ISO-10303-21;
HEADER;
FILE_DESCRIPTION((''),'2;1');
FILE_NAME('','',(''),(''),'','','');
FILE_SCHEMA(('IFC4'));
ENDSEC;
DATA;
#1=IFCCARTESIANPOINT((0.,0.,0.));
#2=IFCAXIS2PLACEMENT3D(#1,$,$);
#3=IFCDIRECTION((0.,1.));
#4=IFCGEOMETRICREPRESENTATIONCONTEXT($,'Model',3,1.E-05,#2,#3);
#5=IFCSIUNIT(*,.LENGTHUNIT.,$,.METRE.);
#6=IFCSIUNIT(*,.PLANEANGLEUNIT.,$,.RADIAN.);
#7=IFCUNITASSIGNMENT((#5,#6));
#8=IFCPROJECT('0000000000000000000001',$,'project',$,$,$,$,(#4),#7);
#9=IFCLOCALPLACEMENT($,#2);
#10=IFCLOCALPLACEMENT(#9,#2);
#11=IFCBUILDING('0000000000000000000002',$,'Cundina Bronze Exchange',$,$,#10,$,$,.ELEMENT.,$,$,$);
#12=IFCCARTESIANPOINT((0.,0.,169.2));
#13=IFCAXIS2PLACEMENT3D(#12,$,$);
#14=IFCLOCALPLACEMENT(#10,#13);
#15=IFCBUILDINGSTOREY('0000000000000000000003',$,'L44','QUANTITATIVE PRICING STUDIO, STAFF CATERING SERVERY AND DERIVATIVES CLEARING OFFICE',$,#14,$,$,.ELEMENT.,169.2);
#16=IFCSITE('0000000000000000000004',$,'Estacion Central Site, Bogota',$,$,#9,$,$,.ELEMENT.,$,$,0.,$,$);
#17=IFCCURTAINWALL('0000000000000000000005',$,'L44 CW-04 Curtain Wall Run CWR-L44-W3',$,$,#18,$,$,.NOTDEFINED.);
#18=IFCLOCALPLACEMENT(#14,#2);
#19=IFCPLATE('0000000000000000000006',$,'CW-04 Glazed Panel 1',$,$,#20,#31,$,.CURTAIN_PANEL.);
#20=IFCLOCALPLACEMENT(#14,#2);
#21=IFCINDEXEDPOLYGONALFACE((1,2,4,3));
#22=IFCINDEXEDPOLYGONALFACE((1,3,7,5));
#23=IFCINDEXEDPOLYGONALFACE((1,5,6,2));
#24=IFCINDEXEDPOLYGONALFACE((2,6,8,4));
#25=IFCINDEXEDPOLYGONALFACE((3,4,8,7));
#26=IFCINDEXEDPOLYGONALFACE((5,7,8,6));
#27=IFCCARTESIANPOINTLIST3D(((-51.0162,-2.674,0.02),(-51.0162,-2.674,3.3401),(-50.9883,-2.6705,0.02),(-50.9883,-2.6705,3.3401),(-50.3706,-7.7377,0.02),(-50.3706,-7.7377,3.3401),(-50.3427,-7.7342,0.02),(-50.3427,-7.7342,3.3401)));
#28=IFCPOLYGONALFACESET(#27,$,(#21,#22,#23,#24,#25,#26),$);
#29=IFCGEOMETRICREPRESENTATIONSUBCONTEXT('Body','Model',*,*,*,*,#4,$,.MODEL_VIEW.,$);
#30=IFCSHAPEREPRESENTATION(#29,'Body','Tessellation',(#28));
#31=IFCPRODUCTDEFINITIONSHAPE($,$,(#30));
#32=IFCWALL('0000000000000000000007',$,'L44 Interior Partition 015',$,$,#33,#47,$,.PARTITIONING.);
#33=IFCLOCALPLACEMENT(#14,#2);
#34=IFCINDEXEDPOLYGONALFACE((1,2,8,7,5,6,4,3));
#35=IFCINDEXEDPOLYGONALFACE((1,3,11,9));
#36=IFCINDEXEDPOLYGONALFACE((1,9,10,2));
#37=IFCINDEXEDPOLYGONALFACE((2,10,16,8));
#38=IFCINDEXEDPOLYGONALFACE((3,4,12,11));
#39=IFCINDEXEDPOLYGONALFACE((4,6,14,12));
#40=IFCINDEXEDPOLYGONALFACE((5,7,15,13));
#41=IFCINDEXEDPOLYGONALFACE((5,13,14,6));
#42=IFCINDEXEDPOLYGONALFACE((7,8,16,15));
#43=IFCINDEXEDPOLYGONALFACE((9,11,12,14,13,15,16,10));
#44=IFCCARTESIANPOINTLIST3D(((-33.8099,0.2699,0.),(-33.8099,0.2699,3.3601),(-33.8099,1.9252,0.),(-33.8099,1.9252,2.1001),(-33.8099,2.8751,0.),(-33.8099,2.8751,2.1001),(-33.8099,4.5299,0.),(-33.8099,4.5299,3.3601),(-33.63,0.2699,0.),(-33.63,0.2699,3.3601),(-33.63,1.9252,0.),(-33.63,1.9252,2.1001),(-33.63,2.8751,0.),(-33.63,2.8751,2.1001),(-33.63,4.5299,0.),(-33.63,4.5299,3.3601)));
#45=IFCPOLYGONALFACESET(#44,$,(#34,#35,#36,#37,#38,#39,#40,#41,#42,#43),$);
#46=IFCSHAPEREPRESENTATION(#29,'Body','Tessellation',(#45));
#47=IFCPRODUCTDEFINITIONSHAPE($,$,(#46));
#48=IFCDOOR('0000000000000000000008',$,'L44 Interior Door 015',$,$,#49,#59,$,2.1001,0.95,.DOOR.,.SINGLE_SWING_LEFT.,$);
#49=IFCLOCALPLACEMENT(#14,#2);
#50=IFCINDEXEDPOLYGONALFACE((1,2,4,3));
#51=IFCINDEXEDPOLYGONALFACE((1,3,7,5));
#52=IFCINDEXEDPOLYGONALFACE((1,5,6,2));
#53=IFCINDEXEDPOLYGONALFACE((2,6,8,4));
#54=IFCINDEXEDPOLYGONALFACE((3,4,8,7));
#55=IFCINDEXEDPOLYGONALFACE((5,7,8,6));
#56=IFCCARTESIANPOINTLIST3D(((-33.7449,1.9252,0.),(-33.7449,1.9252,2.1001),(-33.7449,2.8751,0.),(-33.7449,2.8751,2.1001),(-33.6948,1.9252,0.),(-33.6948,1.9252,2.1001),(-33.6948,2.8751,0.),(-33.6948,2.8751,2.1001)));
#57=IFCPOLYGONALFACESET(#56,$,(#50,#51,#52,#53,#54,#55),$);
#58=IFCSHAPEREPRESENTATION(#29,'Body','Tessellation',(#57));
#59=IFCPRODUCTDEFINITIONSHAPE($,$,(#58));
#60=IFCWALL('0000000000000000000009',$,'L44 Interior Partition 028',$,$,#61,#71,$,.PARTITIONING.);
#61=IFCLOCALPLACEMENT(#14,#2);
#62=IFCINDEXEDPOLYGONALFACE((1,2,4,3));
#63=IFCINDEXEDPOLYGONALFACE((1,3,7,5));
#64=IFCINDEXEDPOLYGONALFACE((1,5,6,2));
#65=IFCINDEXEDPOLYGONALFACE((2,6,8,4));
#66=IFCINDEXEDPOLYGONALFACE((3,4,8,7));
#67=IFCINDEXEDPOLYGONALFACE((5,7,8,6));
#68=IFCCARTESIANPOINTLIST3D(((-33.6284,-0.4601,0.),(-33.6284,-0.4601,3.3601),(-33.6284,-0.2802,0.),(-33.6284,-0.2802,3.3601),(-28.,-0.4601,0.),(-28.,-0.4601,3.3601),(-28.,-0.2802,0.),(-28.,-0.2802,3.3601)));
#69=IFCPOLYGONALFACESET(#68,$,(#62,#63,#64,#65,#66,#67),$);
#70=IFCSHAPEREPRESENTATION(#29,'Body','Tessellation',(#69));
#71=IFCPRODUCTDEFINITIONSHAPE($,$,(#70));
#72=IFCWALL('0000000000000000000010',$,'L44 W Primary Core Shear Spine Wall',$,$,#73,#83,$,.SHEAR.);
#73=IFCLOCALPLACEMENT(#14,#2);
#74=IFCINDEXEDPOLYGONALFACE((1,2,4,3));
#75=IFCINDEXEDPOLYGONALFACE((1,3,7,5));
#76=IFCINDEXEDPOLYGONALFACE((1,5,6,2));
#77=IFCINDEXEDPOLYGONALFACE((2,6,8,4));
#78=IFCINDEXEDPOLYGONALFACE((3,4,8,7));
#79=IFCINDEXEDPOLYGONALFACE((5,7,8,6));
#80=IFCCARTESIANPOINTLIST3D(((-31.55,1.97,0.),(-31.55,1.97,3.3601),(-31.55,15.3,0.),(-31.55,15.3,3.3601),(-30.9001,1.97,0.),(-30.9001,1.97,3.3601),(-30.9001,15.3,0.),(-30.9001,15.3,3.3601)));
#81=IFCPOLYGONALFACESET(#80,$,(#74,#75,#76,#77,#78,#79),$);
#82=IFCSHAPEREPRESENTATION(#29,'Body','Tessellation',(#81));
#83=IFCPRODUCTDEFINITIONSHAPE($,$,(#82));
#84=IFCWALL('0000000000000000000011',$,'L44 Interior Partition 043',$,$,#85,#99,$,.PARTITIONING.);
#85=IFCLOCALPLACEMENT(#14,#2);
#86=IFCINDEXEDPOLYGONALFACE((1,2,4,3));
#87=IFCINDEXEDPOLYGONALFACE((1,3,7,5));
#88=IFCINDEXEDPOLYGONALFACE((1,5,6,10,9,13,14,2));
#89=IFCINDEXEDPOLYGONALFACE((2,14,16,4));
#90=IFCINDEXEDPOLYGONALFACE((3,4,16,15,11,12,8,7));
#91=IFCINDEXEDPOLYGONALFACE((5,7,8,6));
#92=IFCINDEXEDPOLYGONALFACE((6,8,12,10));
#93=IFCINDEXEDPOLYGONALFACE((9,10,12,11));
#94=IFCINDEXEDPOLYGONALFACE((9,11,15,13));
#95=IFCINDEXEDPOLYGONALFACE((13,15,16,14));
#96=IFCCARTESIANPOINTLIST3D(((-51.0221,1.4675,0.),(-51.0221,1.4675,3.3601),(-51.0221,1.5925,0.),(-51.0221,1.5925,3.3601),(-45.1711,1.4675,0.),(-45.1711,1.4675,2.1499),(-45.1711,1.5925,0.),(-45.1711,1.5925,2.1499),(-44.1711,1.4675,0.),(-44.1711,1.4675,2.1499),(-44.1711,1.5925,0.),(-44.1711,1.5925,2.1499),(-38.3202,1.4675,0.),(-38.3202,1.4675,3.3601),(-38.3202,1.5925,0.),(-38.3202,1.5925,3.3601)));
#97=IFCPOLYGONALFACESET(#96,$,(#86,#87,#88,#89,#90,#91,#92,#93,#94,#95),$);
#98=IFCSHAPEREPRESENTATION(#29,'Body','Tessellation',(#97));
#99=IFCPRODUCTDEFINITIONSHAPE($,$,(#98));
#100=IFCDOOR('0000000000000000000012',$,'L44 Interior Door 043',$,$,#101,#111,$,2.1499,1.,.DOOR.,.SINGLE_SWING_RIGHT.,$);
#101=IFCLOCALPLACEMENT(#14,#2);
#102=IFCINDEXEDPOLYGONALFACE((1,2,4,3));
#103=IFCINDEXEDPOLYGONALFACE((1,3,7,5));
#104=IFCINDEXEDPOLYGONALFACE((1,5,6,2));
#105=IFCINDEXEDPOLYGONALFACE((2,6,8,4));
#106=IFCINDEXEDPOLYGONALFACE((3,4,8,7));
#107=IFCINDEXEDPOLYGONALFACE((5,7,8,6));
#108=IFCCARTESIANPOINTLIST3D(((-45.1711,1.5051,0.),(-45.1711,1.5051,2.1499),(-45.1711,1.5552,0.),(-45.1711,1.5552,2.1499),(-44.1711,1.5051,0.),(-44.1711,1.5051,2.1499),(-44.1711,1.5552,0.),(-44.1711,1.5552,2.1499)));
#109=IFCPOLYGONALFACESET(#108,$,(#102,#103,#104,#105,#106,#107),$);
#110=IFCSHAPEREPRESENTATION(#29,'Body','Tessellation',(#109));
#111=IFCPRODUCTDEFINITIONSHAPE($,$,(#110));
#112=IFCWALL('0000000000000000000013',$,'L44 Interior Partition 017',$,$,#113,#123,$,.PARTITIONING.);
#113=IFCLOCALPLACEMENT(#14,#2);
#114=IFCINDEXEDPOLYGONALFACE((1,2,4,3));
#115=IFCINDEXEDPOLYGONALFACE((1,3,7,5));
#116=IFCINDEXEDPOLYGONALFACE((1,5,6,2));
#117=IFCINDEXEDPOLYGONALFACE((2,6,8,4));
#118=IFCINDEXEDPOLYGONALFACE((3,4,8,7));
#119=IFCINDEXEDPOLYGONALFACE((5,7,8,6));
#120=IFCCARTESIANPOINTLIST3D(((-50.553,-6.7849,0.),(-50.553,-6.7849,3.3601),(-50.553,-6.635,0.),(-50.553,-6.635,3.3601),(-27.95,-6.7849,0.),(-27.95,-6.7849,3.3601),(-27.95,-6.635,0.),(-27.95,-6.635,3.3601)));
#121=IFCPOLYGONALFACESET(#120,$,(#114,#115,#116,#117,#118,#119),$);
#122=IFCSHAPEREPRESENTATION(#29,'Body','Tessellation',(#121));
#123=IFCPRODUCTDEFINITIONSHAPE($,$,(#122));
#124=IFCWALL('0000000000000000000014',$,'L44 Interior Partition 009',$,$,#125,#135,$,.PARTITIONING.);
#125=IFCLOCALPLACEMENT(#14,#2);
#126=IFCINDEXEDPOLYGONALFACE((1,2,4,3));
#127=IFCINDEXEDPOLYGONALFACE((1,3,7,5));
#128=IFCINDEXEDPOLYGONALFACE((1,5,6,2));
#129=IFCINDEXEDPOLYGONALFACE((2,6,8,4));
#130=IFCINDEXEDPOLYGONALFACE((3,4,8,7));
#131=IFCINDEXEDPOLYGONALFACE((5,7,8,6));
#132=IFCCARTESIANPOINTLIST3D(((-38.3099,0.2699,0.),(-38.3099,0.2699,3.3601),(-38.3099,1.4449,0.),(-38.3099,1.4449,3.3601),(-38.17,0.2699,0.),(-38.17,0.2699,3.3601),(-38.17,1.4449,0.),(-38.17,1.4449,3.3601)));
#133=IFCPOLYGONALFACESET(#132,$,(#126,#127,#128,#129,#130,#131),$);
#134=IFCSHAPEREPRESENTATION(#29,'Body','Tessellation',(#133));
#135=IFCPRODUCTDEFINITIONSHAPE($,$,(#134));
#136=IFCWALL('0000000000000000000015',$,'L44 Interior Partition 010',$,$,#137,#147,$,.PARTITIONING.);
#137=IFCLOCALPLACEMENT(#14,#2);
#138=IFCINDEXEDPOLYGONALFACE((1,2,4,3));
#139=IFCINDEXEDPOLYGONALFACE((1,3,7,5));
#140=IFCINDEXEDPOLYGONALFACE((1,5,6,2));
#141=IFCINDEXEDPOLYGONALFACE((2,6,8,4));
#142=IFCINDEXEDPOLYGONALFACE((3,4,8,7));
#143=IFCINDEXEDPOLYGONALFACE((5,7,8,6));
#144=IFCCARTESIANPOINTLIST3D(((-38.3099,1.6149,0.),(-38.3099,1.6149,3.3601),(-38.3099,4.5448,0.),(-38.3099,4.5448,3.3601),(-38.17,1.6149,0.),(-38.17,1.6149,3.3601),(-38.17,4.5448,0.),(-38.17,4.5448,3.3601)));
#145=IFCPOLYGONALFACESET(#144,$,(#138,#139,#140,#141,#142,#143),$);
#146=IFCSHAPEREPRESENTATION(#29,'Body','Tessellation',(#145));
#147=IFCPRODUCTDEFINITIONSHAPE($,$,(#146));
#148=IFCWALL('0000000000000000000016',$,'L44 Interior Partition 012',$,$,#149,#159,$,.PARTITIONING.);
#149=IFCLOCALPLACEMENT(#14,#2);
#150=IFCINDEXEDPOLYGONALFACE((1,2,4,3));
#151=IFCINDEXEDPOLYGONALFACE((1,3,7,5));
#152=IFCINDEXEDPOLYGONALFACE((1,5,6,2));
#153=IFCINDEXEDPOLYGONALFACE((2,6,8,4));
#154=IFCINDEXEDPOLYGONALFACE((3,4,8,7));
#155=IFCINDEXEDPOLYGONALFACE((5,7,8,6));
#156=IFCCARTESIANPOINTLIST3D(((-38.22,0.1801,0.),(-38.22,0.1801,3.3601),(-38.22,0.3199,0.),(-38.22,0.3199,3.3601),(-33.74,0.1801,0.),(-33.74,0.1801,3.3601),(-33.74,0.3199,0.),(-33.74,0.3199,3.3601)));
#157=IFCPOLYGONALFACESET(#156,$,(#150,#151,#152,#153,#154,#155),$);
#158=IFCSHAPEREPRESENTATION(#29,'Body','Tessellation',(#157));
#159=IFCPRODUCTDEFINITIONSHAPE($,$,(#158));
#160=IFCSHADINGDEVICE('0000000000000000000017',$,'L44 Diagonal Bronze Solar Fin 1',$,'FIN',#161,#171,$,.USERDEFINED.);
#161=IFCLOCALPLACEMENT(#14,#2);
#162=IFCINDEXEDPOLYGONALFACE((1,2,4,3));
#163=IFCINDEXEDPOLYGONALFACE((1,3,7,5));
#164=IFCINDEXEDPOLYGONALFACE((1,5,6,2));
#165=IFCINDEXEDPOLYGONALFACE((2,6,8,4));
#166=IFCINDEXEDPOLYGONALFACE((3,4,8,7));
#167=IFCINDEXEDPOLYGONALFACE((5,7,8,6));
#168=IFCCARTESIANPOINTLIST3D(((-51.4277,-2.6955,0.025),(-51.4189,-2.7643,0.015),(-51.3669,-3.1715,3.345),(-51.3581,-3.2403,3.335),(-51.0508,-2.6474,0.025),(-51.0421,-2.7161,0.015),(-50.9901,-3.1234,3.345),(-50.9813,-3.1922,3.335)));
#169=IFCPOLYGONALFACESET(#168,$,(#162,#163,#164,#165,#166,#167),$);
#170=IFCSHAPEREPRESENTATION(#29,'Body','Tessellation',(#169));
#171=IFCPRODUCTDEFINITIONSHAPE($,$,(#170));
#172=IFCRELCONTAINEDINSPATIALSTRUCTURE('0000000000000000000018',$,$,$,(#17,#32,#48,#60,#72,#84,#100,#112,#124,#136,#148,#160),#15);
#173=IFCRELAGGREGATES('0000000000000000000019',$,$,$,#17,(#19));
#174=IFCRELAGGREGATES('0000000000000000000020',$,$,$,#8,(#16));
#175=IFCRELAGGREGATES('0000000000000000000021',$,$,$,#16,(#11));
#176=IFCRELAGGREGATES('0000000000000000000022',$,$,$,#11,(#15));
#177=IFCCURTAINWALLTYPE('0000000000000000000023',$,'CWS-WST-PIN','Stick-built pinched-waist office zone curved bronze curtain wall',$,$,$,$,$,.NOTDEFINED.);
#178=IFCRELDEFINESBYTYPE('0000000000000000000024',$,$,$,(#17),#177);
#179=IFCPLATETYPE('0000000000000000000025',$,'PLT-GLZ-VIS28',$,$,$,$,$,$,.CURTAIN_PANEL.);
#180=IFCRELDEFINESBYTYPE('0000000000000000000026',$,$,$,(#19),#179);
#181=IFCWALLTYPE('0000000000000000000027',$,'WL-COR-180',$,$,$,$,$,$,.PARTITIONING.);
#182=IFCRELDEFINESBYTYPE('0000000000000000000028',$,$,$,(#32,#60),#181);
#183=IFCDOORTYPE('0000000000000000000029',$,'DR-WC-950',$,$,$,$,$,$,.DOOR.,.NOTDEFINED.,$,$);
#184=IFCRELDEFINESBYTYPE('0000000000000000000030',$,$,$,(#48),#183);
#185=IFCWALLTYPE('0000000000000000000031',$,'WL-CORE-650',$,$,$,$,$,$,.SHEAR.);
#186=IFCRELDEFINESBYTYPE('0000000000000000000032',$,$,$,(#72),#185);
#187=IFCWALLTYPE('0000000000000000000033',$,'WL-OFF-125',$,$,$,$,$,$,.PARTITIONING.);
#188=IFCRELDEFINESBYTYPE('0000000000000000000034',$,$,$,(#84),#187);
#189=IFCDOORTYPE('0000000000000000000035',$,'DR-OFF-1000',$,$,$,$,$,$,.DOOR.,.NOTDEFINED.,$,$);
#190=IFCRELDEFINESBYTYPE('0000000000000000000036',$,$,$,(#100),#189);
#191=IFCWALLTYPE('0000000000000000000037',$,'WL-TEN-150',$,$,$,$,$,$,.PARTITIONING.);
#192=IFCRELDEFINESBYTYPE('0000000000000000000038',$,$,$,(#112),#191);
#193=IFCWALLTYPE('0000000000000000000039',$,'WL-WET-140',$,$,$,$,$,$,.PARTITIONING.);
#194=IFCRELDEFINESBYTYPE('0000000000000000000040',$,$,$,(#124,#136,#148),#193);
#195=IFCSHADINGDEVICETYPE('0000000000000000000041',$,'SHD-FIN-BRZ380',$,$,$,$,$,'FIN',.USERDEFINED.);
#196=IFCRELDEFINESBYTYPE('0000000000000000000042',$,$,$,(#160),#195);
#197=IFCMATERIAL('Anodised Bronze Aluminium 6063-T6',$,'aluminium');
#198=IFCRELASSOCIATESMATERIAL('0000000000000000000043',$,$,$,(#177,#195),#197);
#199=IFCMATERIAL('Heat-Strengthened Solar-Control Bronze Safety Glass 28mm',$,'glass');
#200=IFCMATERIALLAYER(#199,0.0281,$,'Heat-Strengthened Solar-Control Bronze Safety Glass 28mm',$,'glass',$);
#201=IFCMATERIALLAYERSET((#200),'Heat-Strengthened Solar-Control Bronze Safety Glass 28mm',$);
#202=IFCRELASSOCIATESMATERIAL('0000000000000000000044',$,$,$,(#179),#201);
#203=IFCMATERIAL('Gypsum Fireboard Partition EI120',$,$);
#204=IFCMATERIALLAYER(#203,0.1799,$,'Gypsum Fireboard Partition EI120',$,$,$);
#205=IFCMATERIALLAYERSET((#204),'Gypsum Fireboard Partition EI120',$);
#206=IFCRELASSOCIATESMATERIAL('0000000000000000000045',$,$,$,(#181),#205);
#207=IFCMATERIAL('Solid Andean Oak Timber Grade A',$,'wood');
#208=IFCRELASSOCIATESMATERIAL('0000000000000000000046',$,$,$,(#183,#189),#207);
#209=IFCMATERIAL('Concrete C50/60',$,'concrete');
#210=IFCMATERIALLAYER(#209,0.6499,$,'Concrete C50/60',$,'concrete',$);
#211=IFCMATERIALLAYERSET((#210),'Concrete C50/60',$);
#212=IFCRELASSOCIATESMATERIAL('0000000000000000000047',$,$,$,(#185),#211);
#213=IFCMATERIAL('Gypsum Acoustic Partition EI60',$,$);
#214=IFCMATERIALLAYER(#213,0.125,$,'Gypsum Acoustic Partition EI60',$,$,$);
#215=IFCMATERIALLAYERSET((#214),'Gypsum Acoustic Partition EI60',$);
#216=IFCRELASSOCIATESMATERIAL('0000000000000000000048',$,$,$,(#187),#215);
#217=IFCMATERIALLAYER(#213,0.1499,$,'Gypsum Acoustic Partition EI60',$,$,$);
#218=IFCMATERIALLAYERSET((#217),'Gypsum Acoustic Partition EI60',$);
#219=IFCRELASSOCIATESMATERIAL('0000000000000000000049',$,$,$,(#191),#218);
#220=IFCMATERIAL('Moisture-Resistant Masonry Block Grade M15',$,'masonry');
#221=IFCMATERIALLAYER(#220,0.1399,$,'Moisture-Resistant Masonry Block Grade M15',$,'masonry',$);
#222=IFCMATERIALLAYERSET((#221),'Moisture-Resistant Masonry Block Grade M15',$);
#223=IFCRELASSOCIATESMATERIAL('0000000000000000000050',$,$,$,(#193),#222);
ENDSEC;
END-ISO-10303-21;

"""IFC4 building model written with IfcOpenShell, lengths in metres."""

from ifc_helpers import new_model, si_unit, direction, frame, frame_2d, origin, origin_2d, place, context, subcontext, project, spatial, rectangle, extrude, material, layer, layer_set, material_profile, profile_set, type_object, element, fill, aggregate, save


model = new_model("IFC4")

# Units and contexts
model_context = context("Model", 3, precision=1e-05, world=origin(), true_north=direction((0.0, 1.0)))
body_context = subcontext(model_context, "Body", "Model", "MODEL_VIEW")
ifc_project = project(units=[si_unit("LENGTHUNIT", "METRE"), si_unit("PLANEANGLEUNIT", "RADIAN")], contexts=[model_context])

# Site, building, storey
site_placement = place(None, origin())
site = spatial("IfcSite", under=ifc_project, at=site_placement, Name="Estacion Central Site, Bogota", CompositionType="ELEMENT", RefElevation=0.0)
building_placement = place(site_placement, origin())
building = spatial("IfcBuilding", under=site, at=building_placement, Name="Cundina Bronze Exchange", CompositionType="ELEMENT")
storey_placement = place(building_placement, frame((0.0, 0.0, 169.2)))
storey = spatial("IfcBuildingStorey", under=building, at=storey_placement, Name="L44", Description="QUANTITATIVE PRICING STUDIO, STAFF CATERING SERVERY AND DERIVATIVES CLEARING OFFICE", CompositionType="ELEMENT", Elevation=169.2)

# Shared definitions
ifc_material_1 = material(Name="Concrete C50/60", Category="concrete")

# Curtain wall
ifc_material_2 = material(Name="Anodised Bronze Aluminium 6063-T6", Category="aluminium")
curtain_wall_type = type_object("IfcCurtainWallType", Name="CWS-WST-PIN", Description="Stick-built pinched-waist office zone curved bronze curtain wall", PredefinedType="NOTDEFINED", material=ifc_material_2)
curtain_wall_1_placement = place(storey_placement, origin())
curtain_wall_1 = element("IfcCurtainWall", 1, at=curtain_wall_1_placement, inside=storey, type_object=curtain_wall_type, Name="L44 CW-04 Curtain Wall Run CWR-L44-W3", PredefinedType="NOTDEFINED")

# Plate
ifc_material_3 = material(Name="Heat-Strengthened Solar-Control Bronze Safety Glass 28mm", Category="glass")
ifc_layer_1 = layer(ifc_material_3, 0.0281, Name="Heat-Strengthened Solar-Control Bronze Safety Glass 28mm", Category="glass")
ifc_layer_set_1 = layer_set([ifc_layer_1], Name="Heat-Strengthened Solar-Control Bronze Safety Glass 28mm")
plate_type = type_object("IfcPlateType", Name="PLT-GLZ-VIS28", PredefinedType="CURTAIN_PANEL", material=ifc_layer_set_1)
plate_1_placement = place(storey_placement, frame((-50.6794, -5.2041, 0.02), z_axis=(0.0, 0.0, 1.0), x_axis=(0.126476, -0.99197, 0.0)))
plate_1 = element("IfcPlate", 2, at=plate_1_placement, type_object=plate_type, Name="CW-04 Glazed Panel 1", PredefinedType="CURTAIN_PANEL", context=body_context, shape_type="SweptSolid", body=[
    extrude(rectangle(XDim=5.1047, YDim=0.0281, at=origin_2d()), origin(), (0.0, 0.0, 1.0), 3.3201),
])
aggregate(curtain_wall_1, [plate_1])

# Wall, opening, door
ifc_material_4 = material(Name="Gypsum Fireboard Partition EI120")
ifc_layer_2 = layer(ifc_material_4, 0.1799, Name="Gypsum Fireboard Partition EI120")
ifc_layer_set_2 = layer_set([ifc_layer_2], Name="Gypsum Fireboard Partition EI120")
wall_type_1 = type_object("IfcWallType", Name="WL-COR-180", PredefinedType="PARTITIONING", material=ifc_layer_set_2)
wall_1_placement = place(storey_placement, frame((-33.72, 0.27, 0.0), z_axis=(0.0, 0.0, 1.0), x_axis=(0.0, 1.0, 0.0)))
wall_1 = element("IfcWall", 3, at=wall_1_placement, inside=storey, type_object=wall_type_1, Name="L44 Interior Partition 015", PredefinedType="PARTITIONING", context=body_context, shape_type="SweptSolid", body=[
    extrude(rectangle(XDim=4.26, YDim=0.1799, at=frame_2d((2.1299, 0.0))), origin(), (0.0, 0.0, 1.0), 3.3601),
])
opening_1_placement = place(wall_1_placement, frame((1.655, 0.0, 0.0)))
opening_1 = element("IfcOpeningElement", 4, at=opening_1_placement, cuts=wall_1, PredefinedType="OPENING", context=body_context, shape_type="SweptSolid", body=[
    extrude(rectangle(XDim=0.95, YDim=2.1001, at=frame_2d((0.4751, 1.05))), frame((0.0, 0.0999, 0.0), z_axis=(0.0, -1.0, 0.0), x_axis=(1.0, 0.0, 0.0)), (0.0, 0.0, 1.0), 0.2),
])
ifc_material_5 = material(Name="Solid Andean Oak Timber Grade A", Category="wood")
door_type_1 = type_object("IfcDoorType", Name="DR-WC-950", OperationType="NOTDEFINED", PredefinedType="DOOR", material=ifc_material_5)
door_1_placement = place(opening_1_placement, origin())
door_1 = element("IfcDoor", 5, at=door_1_placement, inside=storey, type_object=door_type_1, Name="L44 Interior Door 015", OperationType="SINGLE_SWING_LEFT", OverallHeight=2.1001, OverallWidth=0.95, PredefinedType="DOOR", context=body_context, shape_type="SweptSolid", body=[
    extrude(rectangle(XDim=0.95, YDim=2.1001, at=frame_2d((0.4751, 1.05))), frame((0.0, 0.0249, 0.0), z_axis=(0.0, -1.0, 0.0), x_axis=(1.0, 0.0, 0.0)), (0.0, 0.0, 1.0), 0.05),
])
fill(opening_1, door_1)

# Walls
wall_2_placement = place(storey_placement, frame((-33.6284, -0.3701, 0.0), z_axis=(0.0, 0.0, 1.0), x_axis=(1.0, 0.0, 0.0)))
element("IfcWall", 6, at=wall_2_placement, inside=storey, type_object=wall_type_1, Name="L44 Interior Partition 028", PredefinedType="PARTITIONING", context=body_context, shape_type="SweptSolid", body=[
    extrude(rectangle(XDim=5.6284, YDim=0.1799, at=frame_2d((2.8142, 0.0))), origin(), (0.0, 0.0, 1.0), 3.3601),
])
ifc_layer_3 = layer(ifc_material_1, 0.6499, Name="Concrete C50/60", Category="concrete")
ifc_layer_set_3 = layer_set([ifc_layer_3], Name="Concrete C50/60")
wall_type_2 = type_object("IfcWallType", Name="WL-CORE-650", PredefinedType="SHEAR", material=ifc_layer_set_3)
wall_3_placement = place(storey_placement, frame((-31.2251, 1.97, 0.0), z_axis=(0.0, 0.0, 1.0), x_axis=(0.0, 1.0, 0.0)))
element("IfcWall", 7, at=wall_3_placement, inside=storey, type_object=wall_type_2, Name="L44 W Primary Core Shear Spine Wall", PredefinedType="SHEAR", context=body_context, shape_type="SweptSolid", body=[
    extrude(rectangle(XDim=13.3301, YDim=0.6499, at=frame_2d((6.665, 0.0))), origin(), (0.0, 0.0, 1.0), 3.3601),
])

# Wall, opening, door
ifc_material_6 = material(Name="Gypsum Acoustic Partition EI60")
ifc_layer_4 = layer(ifc_material_6, 0.125, Name="Gypsum Acoustic Partition EI60")
ifc_layer_set_4 = layer_set([ifc_layer_4], Name="Gypsum Acoustic Partition EI60")
wall_type_3 = type_object("IfcWallType", Name="WL-OFF-125", PredefinedType="PARTITIONING", material=ifc_layer_set_4)
wall_4_placement = place(storey_placement, frame((-38.3201, 1.53, 0.0), z_axis=(0.0, 0.0, 1.0), x_axis=(-1.0, 0.0, 0.0)))
wall_4 = element("IfcWall", 8, at=wall_4_placement, inside=storey, type_object=wall_type_3, Name="L44 Interior Partition 043", PredefinedType="PARTITIONING", context=body_context, shape_type="SweptSolid", body=[
    extrude(rectangle(XDim=12.7019, YDim=0.125, at=frame_2d((6.3511, 0.0))), origin(), (0.0, 0.0, 1.0), 3.3601),
])
opening_2_placement = place(wall_4_placement, frame((5.8511, 0.0, 0.0)))
opening_2 = element("IfcOpeningElement", 9, at=opening_2_placement, cuts=wall_4, PredefinedType="OPENING", context=body_context, shape_type="SweptSolid", body=[
    extrude(rectangle(XDim=1.0, YDim=2.1499, at=frame_2d((0.5, 1.075))), frame((0.0, 0.0725, 0.0), z_axis=(0.0, -1.0, 0.0), x_axis=(1.0, 0.0, 0.0)), (0.0, 0.0, 1.0), 0.145),
])
door_type_2 = type_object("IfcDoorType", Name="DR-OFF-1000", OperationType="NOTDEFINED", PredefinedType="DOOR", material=ifc_material_5)
door_2_placement = place(opening_2_placement, origin())
door_2 = element("IfcDoor", 10, at=door_2_placement, inside=storey, type_object=door_type_2, Name="L44 Interior Door 043", OperationType="SINGLE_SWING_RIGHT", OverallHeight=2.1499, OverallWidth=1.0, PredefinedType="DOOR", context=body_context, shape_type="SweptSolid", body=[
    extrude(rectangle(XDim=1.0, YDim=2.1499, at=frame_2d((0.5, 1.075))), frame((0.0, 0.0249, 0.0), z_axis=(0.0, -1.0, 0.0), x_axis=(1.0, 0.0, 0.0)), (0.0, 0.0, 1.0), 0.05),
])
fill(opening_2, door_2)

# Walls
ifc_layer_5 = layer(ifc_material_6, 0.1499, Name="Gypsum Acoustic Partition EI60")
ifc_layer_set_5 = layer_set([ifc_layer_5], Name="Gypsum Acoustic Partition EI60")
wall_type_4 = type_object("IfcWallType", Name="WL-TEN-150", PredefinedType="PARTITIONING", material=ifc_layer_set_5)
wall_5_placement = place(storey_placement, frame((-50.553, -6.71, 0.0), z_axis=(0.0, 0.0, 1.0), x_axis=(1.0, 0.0, 0.0)))
element("IfcWall", 11, at=wall_5_placement, inside=storey, type_object=wall_type_4, Name="L44 Interior Partition 017", PredefinedType="PARTITIONING", context=body_context, shape_type="SweptSolid", body=[
    extrude(rectangle(XDim=22.603, YDim=0.1499, at=frame_2d((11.3015, 0.0))), origin(), (0.0, 0.0, 1.0), 3.3601),
])
ifc_material_7 = material(Name="Moisture-Resistant Masonry Block Grade M15", Category="masonry")
ifc_layer_6 = layer(ifc_material_7, 0.1399, Name="Moisture-Resistant Masonry Block Grade M15", Category="masonry")
ifc_layer_set_6 = layer_set([ifc_layer_6], Name="Moisture-Resistant Masonry Block Grade M15")
wall_type_5 = type_object("IfcWallType", Name="WL-WET-140", PredefinedType="PARTITIONING", material=ifc_layer_set_6)
wall_6_placement = place(storey_placement, frame((-38.24, 0.27, 0.0), z_axis=(0.0, 0.0, 1.0), x_axis=(0.0, 1.0, 0.0)))
element("IfcWall", 12, at=wall_6_placement, inside=storey, type_object=wall_type_5, Name="L44 Interior Partition 009", PredefinedType="PARTITIONING", context=body_context, shape_type="SweptSolid", body=[
    extrude(rectangle(XDim=1.175, YDim=0.1399, at=frame_2d((0.5874, 0.0))), origin(), (0.0, 0.0, 1.0), 3.3601),
])
wall_7_placement = place(storey_placement, frame((-38.24, 1.615, 0.0), z_axis=(0.0, 0.0, 1.0), x_axis=(0.0, 1.0, 0.0)))
element("IfcWall", 13, at=wall_7_placement, inside=storey, type_object=wall_type_5, Name="L44 Interior Partition 010", PredefinedType="PARTITIONING", context=body_context, shape_type="SweptSolid", body=[
    extrude(rectangle(XDim=2.9299, YDim=0.1399, at=frame_2d((1.4648, 0.0))), origin(), (0.0, 0.0, 1.0), 3.3601),
])
wall_8_placement = place(storey_placement, frame((-38.22, 0.25, 0.0), z_axis=(0.0, 0.0, 1.0), x_axis=(1.0, 0.0, 0.0)))
element("IfcWall", 14, at=wall_8_placement, inside=storey, type_object=wall_type_5, Name="L44 Interior Partition 012", PredefinedType="PARTITIONING", context=body_context, shape_type="SweptSolid", body=[
    extrude(rectangle(XDim=4.48, YDim=0.1399, at=frame_2d((2.24, 0.0))), origin(), (0.0, 0.0, 1.0), 3.3601),
])

# Shading device
ifc_material_profile_1 = material_profile(ifc_material_2, rectangle(XDim=0.0701, YDim=0.3799, at=origin_2d()), Name="FIN70X380", Category="aluminium")
ifc_profile_set_1 = profile_set([ifc_material_profile_1], Name="Anodised Bronze Aluminium 6063-T6")
shading_device_type = type_object("IfcShadingDeviceType", Name="SHD-FIN-BRZ380", ElementType="FIN", PredefinedType="USERDEFINED", material=ifc_profile_set_1)
shading_device_placement = place(storey_placement, frame((-51.2349, -2.7058, 0.02), z_axis=(0.018122, -0.141918, 0.989713), x_axis=(-0.125361, 0.981741, 0.14307)))
element("IfcShadingDevice", 15, at=shading_device_placement, inside=storey, type_object=shading_device_type, Name="L44 Diagonal Bronze Solar Fin 1", ObjectType="FIN", PredefinedType="USERDEFINED", context=body_context, shape_type="SweptSolid", body=[
    extrude(rectangle(XDim=0.0701, YDim=0.3799, at=origin_2d()), origin(), (0.0, 0.0, 1.0), 3.3545),
])

save(model, "model.ifc")
